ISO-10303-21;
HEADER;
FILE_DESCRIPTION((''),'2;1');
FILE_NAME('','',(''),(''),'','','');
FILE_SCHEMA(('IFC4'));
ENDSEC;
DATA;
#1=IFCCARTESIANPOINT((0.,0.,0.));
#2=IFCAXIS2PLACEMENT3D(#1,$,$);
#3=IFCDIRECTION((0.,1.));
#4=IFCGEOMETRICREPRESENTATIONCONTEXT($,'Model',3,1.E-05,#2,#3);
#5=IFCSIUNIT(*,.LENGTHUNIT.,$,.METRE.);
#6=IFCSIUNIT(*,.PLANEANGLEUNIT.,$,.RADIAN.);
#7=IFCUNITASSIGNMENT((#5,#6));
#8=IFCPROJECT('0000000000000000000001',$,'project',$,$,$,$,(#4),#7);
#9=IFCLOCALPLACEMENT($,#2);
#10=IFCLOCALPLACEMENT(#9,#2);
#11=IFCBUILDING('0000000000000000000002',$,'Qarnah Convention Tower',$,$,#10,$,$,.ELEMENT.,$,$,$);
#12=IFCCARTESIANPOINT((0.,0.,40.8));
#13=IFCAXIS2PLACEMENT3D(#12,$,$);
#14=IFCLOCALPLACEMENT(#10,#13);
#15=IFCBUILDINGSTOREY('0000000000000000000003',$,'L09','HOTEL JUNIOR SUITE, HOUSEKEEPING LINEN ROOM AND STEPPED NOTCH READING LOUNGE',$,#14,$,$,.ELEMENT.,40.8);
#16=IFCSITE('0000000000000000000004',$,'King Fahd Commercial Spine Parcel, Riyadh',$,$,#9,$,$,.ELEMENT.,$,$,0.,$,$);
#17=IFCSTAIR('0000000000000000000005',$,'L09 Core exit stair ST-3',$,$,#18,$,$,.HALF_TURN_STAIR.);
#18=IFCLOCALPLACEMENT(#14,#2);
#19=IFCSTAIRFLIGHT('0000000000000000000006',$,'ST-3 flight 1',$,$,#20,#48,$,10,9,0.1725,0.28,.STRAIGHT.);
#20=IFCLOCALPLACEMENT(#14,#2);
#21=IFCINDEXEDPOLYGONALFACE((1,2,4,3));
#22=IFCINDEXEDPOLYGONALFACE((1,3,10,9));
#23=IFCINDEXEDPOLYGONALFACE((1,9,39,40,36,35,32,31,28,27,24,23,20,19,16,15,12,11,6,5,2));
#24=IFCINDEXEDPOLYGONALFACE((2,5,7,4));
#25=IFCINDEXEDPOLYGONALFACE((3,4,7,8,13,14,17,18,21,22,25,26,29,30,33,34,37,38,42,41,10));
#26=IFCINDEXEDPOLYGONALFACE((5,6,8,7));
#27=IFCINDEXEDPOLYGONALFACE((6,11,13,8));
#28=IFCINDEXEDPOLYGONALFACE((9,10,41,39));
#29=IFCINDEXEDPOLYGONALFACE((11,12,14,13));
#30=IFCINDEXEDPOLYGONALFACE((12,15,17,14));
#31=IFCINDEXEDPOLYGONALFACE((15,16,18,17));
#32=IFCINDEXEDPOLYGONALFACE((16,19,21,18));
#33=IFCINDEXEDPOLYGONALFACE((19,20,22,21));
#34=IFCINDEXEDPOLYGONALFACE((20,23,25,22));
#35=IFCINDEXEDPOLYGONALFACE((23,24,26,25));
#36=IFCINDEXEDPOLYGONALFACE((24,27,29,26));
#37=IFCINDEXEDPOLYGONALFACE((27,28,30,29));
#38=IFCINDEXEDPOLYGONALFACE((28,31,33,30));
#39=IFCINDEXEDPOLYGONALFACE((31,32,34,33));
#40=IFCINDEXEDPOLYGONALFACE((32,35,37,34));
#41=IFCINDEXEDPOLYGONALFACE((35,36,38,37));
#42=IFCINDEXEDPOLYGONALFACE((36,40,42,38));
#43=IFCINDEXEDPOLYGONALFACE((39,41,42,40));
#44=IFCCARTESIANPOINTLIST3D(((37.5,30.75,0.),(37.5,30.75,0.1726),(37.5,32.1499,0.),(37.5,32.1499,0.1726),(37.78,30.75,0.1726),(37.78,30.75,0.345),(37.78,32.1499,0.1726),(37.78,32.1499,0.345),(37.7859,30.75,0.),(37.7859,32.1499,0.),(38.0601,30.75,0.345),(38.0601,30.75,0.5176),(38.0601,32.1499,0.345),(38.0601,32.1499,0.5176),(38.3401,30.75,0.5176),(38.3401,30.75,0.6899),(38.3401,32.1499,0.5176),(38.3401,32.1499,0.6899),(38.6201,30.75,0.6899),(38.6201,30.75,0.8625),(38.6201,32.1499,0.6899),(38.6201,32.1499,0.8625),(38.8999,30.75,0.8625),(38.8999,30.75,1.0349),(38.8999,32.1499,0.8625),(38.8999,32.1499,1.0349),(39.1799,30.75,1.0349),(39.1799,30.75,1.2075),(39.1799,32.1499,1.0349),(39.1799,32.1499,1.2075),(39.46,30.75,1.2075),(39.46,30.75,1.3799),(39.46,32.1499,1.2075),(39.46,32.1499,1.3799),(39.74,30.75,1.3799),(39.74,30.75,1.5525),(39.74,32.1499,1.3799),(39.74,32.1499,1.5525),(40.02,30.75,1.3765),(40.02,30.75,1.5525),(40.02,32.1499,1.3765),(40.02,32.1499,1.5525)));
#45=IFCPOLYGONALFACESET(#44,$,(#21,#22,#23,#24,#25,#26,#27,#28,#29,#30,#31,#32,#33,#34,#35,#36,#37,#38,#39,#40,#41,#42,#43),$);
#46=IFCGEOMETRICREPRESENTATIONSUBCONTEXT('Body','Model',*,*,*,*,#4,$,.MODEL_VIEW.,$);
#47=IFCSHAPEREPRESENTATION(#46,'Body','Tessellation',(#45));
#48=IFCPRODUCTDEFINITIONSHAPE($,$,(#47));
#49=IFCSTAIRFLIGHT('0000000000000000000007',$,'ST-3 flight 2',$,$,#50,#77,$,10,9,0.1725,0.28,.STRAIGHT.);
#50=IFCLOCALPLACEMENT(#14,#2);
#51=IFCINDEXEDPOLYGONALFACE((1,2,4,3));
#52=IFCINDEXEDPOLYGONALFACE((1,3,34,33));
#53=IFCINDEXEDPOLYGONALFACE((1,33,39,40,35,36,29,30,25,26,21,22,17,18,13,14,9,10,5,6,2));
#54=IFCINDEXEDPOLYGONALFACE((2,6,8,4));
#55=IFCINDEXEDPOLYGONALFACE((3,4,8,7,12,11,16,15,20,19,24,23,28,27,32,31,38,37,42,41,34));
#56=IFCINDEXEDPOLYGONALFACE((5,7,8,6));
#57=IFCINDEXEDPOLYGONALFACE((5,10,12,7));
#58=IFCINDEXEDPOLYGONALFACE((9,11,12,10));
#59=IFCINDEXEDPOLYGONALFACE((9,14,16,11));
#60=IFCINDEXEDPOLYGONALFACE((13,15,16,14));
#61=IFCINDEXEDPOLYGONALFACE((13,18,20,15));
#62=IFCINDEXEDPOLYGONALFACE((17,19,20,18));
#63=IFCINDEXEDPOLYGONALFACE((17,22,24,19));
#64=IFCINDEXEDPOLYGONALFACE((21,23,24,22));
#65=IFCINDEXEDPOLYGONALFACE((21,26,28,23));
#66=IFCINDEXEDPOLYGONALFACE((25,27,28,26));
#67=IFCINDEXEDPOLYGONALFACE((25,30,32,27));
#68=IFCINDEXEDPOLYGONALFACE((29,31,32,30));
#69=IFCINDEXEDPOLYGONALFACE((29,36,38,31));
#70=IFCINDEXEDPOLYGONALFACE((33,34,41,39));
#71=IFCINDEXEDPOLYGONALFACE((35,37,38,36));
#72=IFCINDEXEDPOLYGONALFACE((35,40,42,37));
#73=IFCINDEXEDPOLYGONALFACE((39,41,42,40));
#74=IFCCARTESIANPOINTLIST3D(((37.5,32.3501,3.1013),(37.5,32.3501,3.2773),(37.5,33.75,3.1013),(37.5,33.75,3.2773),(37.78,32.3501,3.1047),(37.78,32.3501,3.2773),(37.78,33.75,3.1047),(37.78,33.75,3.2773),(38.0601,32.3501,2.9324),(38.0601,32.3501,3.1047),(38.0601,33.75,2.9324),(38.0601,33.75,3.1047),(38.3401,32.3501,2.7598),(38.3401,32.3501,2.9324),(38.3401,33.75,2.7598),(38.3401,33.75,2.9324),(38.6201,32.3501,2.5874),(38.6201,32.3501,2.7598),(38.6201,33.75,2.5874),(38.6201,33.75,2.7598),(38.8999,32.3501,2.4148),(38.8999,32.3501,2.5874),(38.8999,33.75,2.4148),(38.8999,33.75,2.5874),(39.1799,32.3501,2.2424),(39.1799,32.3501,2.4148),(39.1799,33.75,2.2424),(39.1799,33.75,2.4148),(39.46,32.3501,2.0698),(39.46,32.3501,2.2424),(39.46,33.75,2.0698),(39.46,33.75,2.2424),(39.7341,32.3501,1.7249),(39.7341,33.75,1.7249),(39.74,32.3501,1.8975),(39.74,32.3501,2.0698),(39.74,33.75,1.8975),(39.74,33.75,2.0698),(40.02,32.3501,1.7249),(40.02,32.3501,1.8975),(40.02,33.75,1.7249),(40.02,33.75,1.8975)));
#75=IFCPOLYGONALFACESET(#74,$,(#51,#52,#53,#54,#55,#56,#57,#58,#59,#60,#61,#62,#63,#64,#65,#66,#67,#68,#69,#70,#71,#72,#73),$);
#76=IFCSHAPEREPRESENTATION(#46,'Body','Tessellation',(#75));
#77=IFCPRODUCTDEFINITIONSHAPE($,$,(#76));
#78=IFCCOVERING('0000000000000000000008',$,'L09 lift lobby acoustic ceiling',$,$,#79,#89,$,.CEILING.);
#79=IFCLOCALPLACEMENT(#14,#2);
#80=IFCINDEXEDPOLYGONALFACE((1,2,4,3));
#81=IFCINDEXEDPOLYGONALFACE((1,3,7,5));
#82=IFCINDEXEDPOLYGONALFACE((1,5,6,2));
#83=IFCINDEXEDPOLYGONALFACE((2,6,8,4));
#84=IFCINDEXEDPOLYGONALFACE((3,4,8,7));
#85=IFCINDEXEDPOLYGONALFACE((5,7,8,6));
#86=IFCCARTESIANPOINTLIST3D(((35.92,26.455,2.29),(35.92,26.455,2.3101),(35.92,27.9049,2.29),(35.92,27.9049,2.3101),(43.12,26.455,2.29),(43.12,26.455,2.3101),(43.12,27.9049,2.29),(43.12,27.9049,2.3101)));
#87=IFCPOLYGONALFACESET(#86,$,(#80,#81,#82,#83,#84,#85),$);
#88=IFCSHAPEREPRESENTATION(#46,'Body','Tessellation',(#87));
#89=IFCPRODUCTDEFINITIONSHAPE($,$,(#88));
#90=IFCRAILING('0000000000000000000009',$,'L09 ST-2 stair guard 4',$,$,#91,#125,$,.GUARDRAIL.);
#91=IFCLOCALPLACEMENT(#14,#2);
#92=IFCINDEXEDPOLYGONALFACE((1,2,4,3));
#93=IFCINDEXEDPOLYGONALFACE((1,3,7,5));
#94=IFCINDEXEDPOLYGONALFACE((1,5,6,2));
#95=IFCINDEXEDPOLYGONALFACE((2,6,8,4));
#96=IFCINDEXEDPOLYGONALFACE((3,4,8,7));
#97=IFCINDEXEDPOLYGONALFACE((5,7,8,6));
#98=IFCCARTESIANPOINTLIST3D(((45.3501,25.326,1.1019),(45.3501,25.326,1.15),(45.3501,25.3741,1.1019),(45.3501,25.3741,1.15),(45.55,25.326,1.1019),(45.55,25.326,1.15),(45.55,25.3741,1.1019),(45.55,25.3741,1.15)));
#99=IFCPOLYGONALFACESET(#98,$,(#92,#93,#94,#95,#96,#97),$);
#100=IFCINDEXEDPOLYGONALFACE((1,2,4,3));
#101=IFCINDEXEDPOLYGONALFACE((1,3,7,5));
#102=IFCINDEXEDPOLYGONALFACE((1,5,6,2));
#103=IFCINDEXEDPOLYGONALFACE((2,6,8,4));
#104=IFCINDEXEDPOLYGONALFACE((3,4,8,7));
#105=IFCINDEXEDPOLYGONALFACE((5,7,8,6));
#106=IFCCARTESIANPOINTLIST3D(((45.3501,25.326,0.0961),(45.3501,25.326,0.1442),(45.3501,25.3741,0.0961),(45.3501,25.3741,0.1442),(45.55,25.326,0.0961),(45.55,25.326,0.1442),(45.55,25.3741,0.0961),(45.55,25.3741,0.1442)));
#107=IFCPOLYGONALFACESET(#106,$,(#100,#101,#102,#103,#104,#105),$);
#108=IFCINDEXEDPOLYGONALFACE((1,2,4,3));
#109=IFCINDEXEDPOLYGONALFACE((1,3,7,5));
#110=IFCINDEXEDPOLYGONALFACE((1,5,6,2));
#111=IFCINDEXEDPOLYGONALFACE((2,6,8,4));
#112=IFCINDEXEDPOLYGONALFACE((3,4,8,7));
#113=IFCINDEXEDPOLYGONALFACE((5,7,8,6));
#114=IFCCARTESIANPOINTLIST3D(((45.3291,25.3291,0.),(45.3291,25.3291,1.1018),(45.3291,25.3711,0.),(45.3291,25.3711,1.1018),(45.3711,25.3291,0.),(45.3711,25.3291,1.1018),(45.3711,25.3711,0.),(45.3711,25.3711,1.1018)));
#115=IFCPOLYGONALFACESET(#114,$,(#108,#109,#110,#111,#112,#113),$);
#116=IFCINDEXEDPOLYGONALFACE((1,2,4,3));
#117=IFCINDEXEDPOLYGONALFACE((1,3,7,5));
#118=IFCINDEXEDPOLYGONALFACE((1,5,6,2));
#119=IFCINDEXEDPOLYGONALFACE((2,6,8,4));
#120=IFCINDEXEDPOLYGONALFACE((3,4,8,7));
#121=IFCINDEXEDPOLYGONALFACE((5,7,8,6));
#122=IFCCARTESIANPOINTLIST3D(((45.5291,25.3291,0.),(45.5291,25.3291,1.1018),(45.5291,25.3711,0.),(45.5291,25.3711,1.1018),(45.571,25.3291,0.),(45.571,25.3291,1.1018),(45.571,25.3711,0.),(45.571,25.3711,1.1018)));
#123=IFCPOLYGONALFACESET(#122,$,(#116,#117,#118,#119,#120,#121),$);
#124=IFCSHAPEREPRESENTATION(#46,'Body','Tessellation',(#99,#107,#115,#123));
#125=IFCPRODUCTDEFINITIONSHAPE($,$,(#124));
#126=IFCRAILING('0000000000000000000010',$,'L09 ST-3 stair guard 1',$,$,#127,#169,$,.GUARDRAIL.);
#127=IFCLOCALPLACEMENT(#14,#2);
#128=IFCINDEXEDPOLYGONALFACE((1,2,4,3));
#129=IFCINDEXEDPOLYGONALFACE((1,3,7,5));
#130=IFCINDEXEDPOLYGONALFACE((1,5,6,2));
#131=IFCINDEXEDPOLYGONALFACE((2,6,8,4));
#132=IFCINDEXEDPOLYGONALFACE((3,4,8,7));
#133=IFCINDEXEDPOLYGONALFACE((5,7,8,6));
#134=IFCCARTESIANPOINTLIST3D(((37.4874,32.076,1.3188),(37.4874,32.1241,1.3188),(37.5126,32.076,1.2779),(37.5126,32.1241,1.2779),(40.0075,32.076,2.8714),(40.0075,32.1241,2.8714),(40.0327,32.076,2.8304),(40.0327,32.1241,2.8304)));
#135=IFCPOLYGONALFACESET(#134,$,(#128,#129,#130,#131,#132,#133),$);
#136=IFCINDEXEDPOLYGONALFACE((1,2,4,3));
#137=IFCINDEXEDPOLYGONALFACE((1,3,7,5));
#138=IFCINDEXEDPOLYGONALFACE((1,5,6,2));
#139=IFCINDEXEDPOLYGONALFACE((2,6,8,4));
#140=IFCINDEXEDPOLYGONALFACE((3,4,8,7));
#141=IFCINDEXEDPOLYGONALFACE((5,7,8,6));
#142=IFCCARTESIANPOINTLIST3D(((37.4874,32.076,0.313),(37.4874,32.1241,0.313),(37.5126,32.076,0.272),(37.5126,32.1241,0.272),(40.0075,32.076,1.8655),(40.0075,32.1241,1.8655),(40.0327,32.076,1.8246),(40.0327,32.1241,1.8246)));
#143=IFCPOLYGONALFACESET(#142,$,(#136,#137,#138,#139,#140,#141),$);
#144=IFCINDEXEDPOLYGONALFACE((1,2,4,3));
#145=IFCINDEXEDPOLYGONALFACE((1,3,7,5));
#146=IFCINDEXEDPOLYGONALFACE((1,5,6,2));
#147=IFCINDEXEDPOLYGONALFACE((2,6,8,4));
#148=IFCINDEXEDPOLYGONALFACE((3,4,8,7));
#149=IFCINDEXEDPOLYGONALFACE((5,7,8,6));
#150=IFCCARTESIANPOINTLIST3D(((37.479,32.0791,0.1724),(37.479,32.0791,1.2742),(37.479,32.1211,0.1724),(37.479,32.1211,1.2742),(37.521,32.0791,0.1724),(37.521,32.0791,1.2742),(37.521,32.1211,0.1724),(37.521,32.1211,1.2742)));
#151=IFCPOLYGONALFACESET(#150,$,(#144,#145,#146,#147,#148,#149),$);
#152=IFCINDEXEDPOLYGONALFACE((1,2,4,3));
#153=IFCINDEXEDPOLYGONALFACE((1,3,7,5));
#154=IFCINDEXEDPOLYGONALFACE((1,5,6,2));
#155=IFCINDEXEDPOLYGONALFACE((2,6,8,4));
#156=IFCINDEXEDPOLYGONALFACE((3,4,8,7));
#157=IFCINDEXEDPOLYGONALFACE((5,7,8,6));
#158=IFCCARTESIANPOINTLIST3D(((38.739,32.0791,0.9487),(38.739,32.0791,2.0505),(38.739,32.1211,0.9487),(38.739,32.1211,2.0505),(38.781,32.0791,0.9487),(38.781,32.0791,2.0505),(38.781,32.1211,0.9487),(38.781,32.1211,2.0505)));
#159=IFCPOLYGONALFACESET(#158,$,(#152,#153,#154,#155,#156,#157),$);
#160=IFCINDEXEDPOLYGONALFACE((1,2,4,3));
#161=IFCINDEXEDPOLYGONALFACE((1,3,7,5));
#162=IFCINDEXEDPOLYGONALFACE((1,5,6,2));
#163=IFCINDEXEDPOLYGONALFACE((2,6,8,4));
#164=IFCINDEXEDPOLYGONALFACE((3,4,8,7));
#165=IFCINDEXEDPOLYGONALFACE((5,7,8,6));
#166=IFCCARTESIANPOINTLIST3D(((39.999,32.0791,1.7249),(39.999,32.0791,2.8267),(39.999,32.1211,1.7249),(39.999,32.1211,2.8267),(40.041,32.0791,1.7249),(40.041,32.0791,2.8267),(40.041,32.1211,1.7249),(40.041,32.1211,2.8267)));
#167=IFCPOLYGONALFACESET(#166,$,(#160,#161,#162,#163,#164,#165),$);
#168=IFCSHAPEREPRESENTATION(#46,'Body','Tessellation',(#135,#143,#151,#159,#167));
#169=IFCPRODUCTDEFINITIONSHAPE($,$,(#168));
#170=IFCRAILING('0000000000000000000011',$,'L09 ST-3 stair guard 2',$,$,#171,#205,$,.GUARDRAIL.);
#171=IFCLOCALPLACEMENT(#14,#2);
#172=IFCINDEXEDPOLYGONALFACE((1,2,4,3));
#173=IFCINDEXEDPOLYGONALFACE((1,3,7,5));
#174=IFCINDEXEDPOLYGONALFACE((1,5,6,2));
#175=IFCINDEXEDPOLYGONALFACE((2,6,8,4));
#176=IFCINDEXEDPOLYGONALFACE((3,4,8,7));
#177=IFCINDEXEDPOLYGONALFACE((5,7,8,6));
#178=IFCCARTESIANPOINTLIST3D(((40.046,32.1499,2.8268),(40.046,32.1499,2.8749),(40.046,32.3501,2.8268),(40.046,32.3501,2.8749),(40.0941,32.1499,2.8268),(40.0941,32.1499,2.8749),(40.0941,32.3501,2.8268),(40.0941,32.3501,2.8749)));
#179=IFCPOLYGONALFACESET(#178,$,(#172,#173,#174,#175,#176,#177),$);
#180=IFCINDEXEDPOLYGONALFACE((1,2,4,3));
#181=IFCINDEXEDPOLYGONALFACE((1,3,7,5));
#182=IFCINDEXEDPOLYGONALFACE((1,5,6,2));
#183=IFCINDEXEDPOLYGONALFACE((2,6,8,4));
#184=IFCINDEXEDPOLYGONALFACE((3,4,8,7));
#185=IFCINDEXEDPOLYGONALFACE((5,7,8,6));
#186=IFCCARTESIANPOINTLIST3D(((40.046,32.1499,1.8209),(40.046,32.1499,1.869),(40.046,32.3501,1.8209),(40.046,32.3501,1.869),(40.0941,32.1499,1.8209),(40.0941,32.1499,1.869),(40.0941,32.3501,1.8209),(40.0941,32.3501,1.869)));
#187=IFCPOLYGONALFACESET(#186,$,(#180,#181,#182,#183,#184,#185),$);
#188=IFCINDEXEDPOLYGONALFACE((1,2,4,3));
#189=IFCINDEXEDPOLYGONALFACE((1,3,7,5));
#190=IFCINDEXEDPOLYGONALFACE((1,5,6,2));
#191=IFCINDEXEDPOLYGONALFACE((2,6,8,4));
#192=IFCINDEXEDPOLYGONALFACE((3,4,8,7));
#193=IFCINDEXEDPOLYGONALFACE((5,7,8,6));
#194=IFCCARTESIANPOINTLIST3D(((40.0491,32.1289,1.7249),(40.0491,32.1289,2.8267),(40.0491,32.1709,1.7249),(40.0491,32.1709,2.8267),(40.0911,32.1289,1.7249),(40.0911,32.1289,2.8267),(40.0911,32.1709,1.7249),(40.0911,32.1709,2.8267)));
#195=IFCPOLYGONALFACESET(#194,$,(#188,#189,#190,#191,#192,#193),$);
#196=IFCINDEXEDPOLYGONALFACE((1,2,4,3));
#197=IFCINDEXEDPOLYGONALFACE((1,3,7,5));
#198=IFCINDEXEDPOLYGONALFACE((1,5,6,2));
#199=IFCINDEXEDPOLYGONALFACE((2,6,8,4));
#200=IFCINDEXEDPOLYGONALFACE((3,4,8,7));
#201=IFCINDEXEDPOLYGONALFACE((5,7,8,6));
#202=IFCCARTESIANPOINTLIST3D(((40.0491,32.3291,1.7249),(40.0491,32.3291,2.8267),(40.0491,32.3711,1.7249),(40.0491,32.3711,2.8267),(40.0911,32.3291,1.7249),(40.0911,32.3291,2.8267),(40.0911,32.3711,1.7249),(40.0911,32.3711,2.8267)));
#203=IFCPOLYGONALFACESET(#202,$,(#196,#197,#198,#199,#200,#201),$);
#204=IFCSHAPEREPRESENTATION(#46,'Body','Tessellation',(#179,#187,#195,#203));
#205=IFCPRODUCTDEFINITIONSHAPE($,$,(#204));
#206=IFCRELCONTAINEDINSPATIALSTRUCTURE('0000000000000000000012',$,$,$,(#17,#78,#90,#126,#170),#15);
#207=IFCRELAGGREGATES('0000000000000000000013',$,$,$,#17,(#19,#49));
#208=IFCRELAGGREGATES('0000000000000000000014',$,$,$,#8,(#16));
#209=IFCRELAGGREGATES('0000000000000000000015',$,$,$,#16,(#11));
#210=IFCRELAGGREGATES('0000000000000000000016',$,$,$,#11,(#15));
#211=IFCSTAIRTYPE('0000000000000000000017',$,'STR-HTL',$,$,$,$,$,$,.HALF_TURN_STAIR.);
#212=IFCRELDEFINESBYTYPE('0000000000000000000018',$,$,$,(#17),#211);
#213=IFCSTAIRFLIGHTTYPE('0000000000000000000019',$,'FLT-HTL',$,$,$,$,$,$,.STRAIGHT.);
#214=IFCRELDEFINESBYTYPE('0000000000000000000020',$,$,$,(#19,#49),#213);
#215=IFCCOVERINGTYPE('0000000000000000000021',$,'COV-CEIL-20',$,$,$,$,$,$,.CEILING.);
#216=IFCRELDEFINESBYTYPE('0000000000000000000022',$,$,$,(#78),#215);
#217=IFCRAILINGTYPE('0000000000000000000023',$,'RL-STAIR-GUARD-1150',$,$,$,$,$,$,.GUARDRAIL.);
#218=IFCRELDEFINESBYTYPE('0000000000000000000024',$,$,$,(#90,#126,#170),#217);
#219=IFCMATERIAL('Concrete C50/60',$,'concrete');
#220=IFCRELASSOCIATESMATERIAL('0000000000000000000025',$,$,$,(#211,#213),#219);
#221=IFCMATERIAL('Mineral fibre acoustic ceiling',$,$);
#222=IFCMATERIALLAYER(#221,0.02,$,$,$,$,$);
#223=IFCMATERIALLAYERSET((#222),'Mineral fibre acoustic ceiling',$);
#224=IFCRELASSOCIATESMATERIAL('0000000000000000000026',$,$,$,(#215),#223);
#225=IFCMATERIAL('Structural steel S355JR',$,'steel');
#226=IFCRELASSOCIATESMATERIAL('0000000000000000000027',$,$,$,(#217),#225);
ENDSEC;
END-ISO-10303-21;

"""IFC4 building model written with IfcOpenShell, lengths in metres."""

from ifc_helpers import new_model, si_unit, direction, frame, origin, origin_2d, place, context, subcontext, project, spatial, polyline, rectangle, outline, extrude, material, layer, layer_set, type_object, element, aggregate, save


model = new_model("IFC4")

# Units and contexts
model_context = context("Model", 3, precision=1e-05, world=origin(), true_north=direction((0.0, 1.0)))
body_context = subcontext(model_context, "Body", "Model", "MODEL_VIEW")
ifc_project = project(units=[si_unit("LENGTHUNIT", "METRE"), si_unit("PLANEANGLEUNIT", "RADIAN")], contexts=[model_context])

# Site, building, storey
site_placement = place(None, origin())
site = spatial("IfcSite", under=ifc_project, at=site_placement, Name="King Fahd Commercial Spine Parcel, Riyadh", CompositionType="ELEMENT", RefElevation=0.0)
building_placement = place(site_placement, origin())
building = spatial("IfcBuilding", under=site, at=building_placement, Name="Qarnah Convention Tower", CompositionType="ELEMENT")
storey_placement = place(building_placement, frame((0.0, 0.0, 40.8)))
storey = spatial("IfcBuildingStorey", under=building, at=storey_placement, Name="L09", Description="HOTEL JUNIOR SUITE, HOUSEKEEPING LINEN ROOM AND STEPPED NOTCH READING LOUNGE", CompositionType="ELEMENT", Elevation=40.8)

# Shared definitions
ifc_material_1 = material(Name="Structural steel S355JR", Category="steel")

# Stair, stair flights
ifc_material_2 = material(Name="Concrete C50/60", Category="concrete")
stair_type = type_object("IfcStairType", Name="STR-HTL", PredefinedType="HALF_TURN_STAIR", material=ifc_material_2)
stair_placement = place(storey_placement, origin())
stair = element("IfcStair", 1, at=stair_placement, inside=storey, type_object=stair_type, Name="L09 Core exit stair ST-3", PredefinedType="HALF_TURN_STAIR")
stair_flight_type = type_object("IfcStairFlightType", Name="FLT-HTL", PredefinedType="STRAIGHT", material=ifc_material_2)
stair_flight_1_placement = place(storey_placement, frame((37.5, 31.45, 0.0), z_axis=(0.0, 0.0, 1.0), x_axis=(1.0, 0.0, 0.0)))
stair_flight_1 = element("IfcStairFlight", 2, at=stair_flight_1_placement, type_object=stair_flight_type, Name="ST-3 flight 1", NumberOfRisers=10, NumberOfTreads=9, PredefinedType="STRAIGHT", RiserHeight=0.1725, TreadLength=0.28, context=body_context, shape_type="SweptSolid", body=[
    extrude(outline(polyline([(0.0, 0.0), (0.0, 0.1726), (0.28, 0.1726), (0.28, 0.345), (0.5601, 0.345), (0.5601, 0.5176), (0.8401, 0.5176), (0.8401, 0.6899), (1.1201, 0.6899), (1.1201, 0.8625), (1.3999, 0.8625), (1.3999, 1.0349), (1.6799, 1.0349), (1.6799, 1.2075), (1.96, 1.2075), (1.96, 1.3799), (2.24, 1.3799), (2.24, 1.5525), (2.52, 1.5525), (2.52, 1.7251), (2.52, 1.3765), (0.2859, 0.0), (0.0, 0.0)])), frame((0.0, 0.7, 0.0), z_axis=(0.0, -1.0, 0.0), x_axis=(1.0, 0.0, 0.0)), (0.0, 0.0, 1.0), 1.3999),
])
stair_flight_2_placement = place(storey_placement, frame((40.02, 33.05, 1.7249), z_axis=(0.0, 0.0, 1.0), x_axis=(-1.0, 0.0, 0.0)))
stair_flight_2 = element("IfcStairFlight", 3, at=stair_flight_2_placement, type_object=stair_flight_type, Name="ST-3 flight 2", NumberOfRisers=10, NumberOfTreads=9, PredefinedType="STRAIGHT", RiserHeight=0.1725, TreadLength=0.28, context=body_context, shape_type="SweptSolid", body=[
    extrude(outline(polyline([(0.0, 0.0), (0.0, 0.1726), (0.28, 0.1726), (0.28, 0.345), (0.5601, 0.345), (0.5601, 0.5176), (0.8401, 0.5176), (0.8401, 0.6899), (1.1201, 0.6899), (1.1201, 0.8625), (1.3999, 0.8625), (1.3999, 1.0349), (1.6799, 1.0349), (1.6799, 1.2075), (1.96, 1.2075), (1.96, 1.3799), (2.24, 1.3799), (2.24, 1.5525), (2.52, 1.5525), (2.52, 1.7251), (2.52, 1.3765), (0.2859, 0.0), (0.0, 0.0)])), frame((0.0, 0.7, 0.0), z_axis=(0.0, -1.0, 0.0), x_axis=(1.0, 0.0, 0.0)), (0.0, 0.0, 1.0), 1.3999),
])
aggregate(stair, [stair_flight_1, stair_flight_2])

# Covering
ifc_material_3 = material(Name="Mineral fibre acoustic ceiling")
ifc_layer_1 = layer(ifc_material_3, 0.02)
ifc_layer_set_1 = layer_set([ifc_layer_1], Name="Mineral fibre acoustic ceiling")
covering_type = type_object("IfcCoveringType", Name="COV-CEIL-20", PredefinedType="CEILING", material=ifc_layer_set_1)
covering_placement = place(storey_placement, frame((39.52, 27.1799, 2.29), z_axis=(0.0, 0.0, 1.0), x_axis=(1.0, 0.0, 0.0)))
element("IfcCovering", 4, at=covering_placement, inside=storey, type_object=covering_type, Name="L09 lift lobby acoustic ceiling", PredefinedType="CEILING", context=body_context, shape_type="SweptSolid", body=[
    extrude(rectangle(XDim=7.2, YDim=1.45, at=origin_2d()), origin(), (0.0, 0.0, 1.0), 0.02),
])

# Railings
railing_type_1 = type_object("IfcRailingType", Name="RL-STAIR-GUARD-1150", PredefinedType="GUARDRAIL", material=ifc_material_1)
railing_1_placement = place(storey_placement, frame((45.3501, 25.3501, 0.0)))
element("IfcRailing", 5, at=railing_1_placement, inside=storey, type_object=railing_type_1, Name="L09 ST-2 stair guard 4", PredefinedType="GUARDRAIL", context=body_context, shape_type="SweptSolid", body=[
    extrude(rectangle(XDim=0.0481, YDim=0.0481, at=origin_2d()), frame((0.0, 0.0, 1.126), z_axis=(1.0, 0.0, 0.0), x_axis=(0.0, 1.0, 0.0)), (0.0, 0.0, 1.0), 0.2),
    extrude(rectangle(XDim=0.0481, YDim=0.0481, at=origin_2d()), frame((0.0, 0.0, 0.1201), z_axis=(1.0, 0.0, 0.0), x_axis=(0.0, 1.0, 0.0)), (0.0, 0.0, 1.0), 0.2),
    extrude(rectangle(XDim=0.042, YDim=0.042, at=origin_2d()), origin(), (0.0, 0.0, 1.0), 1.1018),
    extrude(rectangle(XDim=0.042, YDim=0.042, at=origin_2d()), frame((0.2, 0.0, 0.0)), (0.0, 0.0, 1.0), 1.1018),
])
railing_2_placement = place(storey_placement, frame((37.5, 32.1001, 0.1724)))
element("IfcRailing", 6, at=railing_2_placement, inside=storey, type_object=railing_type_1, Name="L09 ST-3 stair guard 1", PredefinedType="GUARDRAIL", context=body_context, shape_type="SweptSolid", body=[
    extrude(rectangle(XDim=0.0481, YDim=0.0481, at=origin_2d()), frame((0.0, 0.0, 1.126), z_axis=(0.8514, 0.0, 0.524516), x_axis=(0.0, 1.0, 0.0)), (0.0, 0.0, 1.0), 2.96),
    extrude(rectangle(XDim=0.0481, YDim=0.0481, at=origin_2d()), frame((0.0, 0.0, 0.1201), z_axis=(0.8514, 0.0, 0.524516), x_axis=(0.0, 1.0, 0.0)), (0.0, 0.0, 1.0), 2.96),
    extrude(rectangle(XDim=0.042, YDim=0.042, at=origin_2d()), origin(), (0.0, 0.0, 1.0), 1.1018),
    extrude(rectangle(XDim=0.042, YDim=0.042, at=origin_2d()), frame((1.26, 0.0, 0.7764)), (0.0, 0.0, 1.0), 1.1018),
    extrude(rectangle(XDim=0.042, YDim=0.042, at=origin_2d()), frame((2.52, 0.0, 1.5525)), (0.0, 0.0, 1.0), 1.1018),
])
railing_3_placement = place(storey_placement, frame((40.0701, 32.1499, 1.7249)))
element("IfcRailing", 7, at=railing_3_placement, inside=storey, type_object=railing_type_1, Name="L09 ST-3 stair guard 2", PredefinedType="GUARDRAIL", context=body_context, shape_type="SweptSolid", body=[
    extrude(rectangle(XDim=0.0481, YDim=0.0481, at=origin_2d()), frame((0.0, 0.0, 1.126), z_axis=(0.0, 1.0, 0.0), x_axis=(-1.0, 0.0, 0.0)), (0.0, 0.0, 1.0), 0.2002),
    extrude(rectangle(XDim=0.0481, YDim=0.0481, at=origin_2d()), frame((0.0, 0.0, 0.1201), z_axis=(0.0, 1.0, 0.0), x_axis=(-1.0, 0.0, 0.0)), (0.0, 0.0, 1.0), 0.2002),
    extrude(rectangle(XDim=0.042, YDim=0.042, at=origin_2d()), origin(), (0.0, 0.0, 1.0), 1.1018),
    extrude(rectangle(XDim=0.042, YDim=0.042, at=origin_2d()), frame((0.0, 0.2002, 0.0)), (0.0, 0.0, 1.0), 1.1018),
])

save(model, "model.ifc")
